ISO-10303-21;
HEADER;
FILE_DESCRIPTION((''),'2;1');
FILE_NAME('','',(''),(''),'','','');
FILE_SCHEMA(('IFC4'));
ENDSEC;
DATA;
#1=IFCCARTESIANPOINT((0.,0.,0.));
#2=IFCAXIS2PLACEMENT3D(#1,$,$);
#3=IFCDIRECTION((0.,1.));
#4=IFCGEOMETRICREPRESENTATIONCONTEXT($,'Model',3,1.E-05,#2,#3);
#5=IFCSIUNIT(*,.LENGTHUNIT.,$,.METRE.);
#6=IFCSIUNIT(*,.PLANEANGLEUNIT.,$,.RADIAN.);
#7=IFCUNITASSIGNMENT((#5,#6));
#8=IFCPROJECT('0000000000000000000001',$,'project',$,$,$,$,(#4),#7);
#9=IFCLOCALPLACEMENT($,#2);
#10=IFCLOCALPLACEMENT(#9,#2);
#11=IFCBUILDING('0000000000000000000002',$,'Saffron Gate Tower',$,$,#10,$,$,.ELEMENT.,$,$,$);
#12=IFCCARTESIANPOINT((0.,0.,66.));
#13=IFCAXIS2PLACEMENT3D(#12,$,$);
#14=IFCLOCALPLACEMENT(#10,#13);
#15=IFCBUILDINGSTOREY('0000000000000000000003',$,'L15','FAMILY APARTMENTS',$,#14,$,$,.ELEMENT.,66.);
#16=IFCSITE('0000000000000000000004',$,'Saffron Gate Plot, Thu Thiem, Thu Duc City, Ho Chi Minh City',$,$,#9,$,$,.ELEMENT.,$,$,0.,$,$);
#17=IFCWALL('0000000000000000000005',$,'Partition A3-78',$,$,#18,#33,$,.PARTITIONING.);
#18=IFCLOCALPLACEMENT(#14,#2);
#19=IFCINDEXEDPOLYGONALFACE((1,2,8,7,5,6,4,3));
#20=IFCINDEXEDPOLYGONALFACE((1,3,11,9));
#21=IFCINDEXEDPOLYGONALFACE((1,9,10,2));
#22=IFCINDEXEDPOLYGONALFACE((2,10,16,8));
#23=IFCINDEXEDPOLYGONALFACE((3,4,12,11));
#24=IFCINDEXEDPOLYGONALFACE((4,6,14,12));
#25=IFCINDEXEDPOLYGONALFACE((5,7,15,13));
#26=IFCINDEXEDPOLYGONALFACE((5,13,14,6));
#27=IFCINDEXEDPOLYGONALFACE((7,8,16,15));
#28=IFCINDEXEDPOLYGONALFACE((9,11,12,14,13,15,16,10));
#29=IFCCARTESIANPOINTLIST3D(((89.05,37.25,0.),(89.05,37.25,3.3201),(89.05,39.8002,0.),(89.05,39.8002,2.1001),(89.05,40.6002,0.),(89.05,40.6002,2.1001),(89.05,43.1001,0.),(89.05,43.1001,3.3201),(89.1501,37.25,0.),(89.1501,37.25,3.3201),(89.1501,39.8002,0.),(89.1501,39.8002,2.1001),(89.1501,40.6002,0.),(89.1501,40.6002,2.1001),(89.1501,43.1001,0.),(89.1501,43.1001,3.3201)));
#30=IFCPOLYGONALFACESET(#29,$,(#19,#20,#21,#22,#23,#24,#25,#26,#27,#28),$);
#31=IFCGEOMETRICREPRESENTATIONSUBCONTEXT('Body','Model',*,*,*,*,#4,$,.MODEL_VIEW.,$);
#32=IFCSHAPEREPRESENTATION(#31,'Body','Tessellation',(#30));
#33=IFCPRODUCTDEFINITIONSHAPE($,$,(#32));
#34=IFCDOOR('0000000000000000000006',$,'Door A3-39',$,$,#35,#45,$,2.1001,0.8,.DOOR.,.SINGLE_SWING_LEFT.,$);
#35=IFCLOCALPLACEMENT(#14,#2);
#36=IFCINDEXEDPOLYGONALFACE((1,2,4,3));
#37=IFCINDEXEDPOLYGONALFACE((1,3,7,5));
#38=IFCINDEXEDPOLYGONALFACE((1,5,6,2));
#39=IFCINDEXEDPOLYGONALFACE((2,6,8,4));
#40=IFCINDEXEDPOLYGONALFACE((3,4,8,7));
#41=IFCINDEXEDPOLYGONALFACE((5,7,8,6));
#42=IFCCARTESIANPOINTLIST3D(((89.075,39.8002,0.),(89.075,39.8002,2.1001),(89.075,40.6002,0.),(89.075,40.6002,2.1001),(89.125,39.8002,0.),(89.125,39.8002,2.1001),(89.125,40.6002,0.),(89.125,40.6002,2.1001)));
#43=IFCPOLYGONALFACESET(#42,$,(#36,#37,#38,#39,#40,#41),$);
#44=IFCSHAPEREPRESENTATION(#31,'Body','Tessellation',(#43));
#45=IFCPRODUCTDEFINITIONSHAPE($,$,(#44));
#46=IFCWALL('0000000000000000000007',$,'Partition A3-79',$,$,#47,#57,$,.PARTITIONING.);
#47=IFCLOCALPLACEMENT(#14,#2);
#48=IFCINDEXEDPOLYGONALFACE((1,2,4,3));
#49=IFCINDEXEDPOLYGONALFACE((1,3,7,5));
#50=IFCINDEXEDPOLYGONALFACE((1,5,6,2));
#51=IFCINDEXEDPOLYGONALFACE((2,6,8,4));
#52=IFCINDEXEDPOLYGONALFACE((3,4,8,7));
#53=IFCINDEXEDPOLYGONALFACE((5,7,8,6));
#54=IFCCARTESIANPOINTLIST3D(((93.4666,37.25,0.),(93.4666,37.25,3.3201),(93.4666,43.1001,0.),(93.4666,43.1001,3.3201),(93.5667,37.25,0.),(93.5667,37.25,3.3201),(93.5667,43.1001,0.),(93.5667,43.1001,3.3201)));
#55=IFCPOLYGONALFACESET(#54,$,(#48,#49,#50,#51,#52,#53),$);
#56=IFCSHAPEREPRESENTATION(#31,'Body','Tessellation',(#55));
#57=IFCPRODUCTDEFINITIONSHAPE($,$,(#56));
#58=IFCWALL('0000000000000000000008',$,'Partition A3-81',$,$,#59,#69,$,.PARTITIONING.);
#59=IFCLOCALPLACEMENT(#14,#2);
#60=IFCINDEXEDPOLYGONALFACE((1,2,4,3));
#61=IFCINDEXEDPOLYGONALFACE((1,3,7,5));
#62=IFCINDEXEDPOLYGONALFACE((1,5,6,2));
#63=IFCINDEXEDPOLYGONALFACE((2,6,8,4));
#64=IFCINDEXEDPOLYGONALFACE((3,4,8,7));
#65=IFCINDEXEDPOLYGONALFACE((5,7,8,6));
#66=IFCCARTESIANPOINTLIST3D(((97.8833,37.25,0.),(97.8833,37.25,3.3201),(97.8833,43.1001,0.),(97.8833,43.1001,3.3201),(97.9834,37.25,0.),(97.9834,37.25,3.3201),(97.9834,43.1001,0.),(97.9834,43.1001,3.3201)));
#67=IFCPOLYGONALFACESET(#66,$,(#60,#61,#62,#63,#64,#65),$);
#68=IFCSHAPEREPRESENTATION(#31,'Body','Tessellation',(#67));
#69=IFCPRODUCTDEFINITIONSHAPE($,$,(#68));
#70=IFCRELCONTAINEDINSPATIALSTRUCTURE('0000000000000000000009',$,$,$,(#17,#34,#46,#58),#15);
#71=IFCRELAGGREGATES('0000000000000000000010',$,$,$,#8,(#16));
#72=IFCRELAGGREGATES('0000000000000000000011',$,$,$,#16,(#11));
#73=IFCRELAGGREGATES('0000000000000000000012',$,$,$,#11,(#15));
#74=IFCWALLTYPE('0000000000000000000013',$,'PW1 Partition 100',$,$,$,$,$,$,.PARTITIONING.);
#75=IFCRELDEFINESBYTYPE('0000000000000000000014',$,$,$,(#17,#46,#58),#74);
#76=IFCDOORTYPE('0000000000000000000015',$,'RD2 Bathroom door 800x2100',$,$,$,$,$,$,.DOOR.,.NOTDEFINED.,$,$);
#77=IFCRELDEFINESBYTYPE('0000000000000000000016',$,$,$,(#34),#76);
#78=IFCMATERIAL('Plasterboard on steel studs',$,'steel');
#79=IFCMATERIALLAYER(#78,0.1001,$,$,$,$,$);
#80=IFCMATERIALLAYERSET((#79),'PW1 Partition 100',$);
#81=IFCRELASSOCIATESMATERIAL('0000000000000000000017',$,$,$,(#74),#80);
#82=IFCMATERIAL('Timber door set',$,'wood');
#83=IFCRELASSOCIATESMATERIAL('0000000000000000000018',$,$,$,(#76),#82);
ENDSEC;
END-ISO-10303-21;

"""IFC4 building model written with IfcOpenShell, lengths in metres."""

from ifc_helpers import new_model, si_unit, direction, frame, frame_2d, origin, place, context, subcontext, project, spatial, rectangle, extrude, material, layer, layer_set, type_object, element, fill, save


model = new_model("IFC4")

# Units and contexts
model_context = context("Model", 3, precision=1e-05, world=origin(), true_north=direction((0.0, 1.0)))
body_context = subcontext(model_context, "Body", "Model", "MODEL_VIEW")
ifc_project = project(units=[si_unit("LENGTHUNIT", "METRE"), si_unit("PLANEANGLEUNIT", "RADIAN")], contexts=[model_context])

# Site, building, storey
site_placement = place(None, origin())
site = spatial("IfcSite", under=ifc_project, at=site_placement, Name="Saffron Gate Plot, Thu Thiem, Thu Duc City, Ho Chi Minh City", CompositionType="ELEMENT", RefElevation=0.0)
building_placement = place(site_placement, origin())
building = spatial("IfcBuilding", under=site, at=building_placement, Name="Saffron Gate Tower", CompositionType="ELEMENT")
storey_placement = place(building_placement, frame((0.0, 0.0, 66.0)))
storey = spatial("IfcBuildingStorey", under=building, at=storey_placement, Name="L15", Description="FAMILY APARTMENTS", CompositionType="ELEMENT", Elevation=66.0)

# Shared definitions
ifc_material_1 = material(Name="Plasterboard on steel studs", Category="steel")
ifc_layer = layer(ifc_material_1, 0.1001)
ifc_layer_set = layer_set([ifc_layer], Name="PW1 Partition 100")
wall_type = type_object("IfcWallType", Name="PW1 Partition 100", PredefinedType="PARTITIONING", material=ifc_layer_set)
ifc_material_2 = material(Name="Timber door set", Category="wood")
door_type_1 = type_object("IfcDoorType", Name="RD2 Bathroom door 800x2100", OperationType="NOTDEFINED", PredefinedType="DOOR", material=ifc_material_2)

# Wall, opening, door
wall_1_placement = place(storey_placement, frame((89.1001, 43.1001, 0.0), z_axis=(0.0, 0.0, 1.0), x_axis=(0.0, -1.0, 0.0)))
wall_1 = element("IfcWall", 1, at=wall_1_placement, inside=storey, type_object=wall_type, Name="Partition A3-78", PredefinedType="PARTITIONING", context=body_context, shape_type="SweptSolid", body=[
    extrude(rectangle(XDim=5.8501, YDim=0.1001, at=frame_2d((2.925, 0.0))), origin(), (0.0, 0.0, 1.0), 3.3201),
])
opening_1_placement = place(wall_1_placement, frame((2.5, 0.0, 0.0)))
opening_1 = element("IfcOpeningElement", 2, at=opening_1_placement, cuts=wall_1, PredefinedType="OPENING", context=body_context, shape_type="SweptSolid", body=[
    extrude(rectangle(XDim=0.8, YDim=2.1001, at=frame_2d((0.3999, 1.05))), frame((0.0, 0.0601, 0.0), z_axis=(0.0, -1.0, 0.0), x_axis=(1.0, 0.0, 0.0)), (0.0, 0.0, 1.0), 0.1201),
])
door_1_placement = place(opening_1_placement, origin())
door_1 = element("IfcDoor", 3, at=door_1_placement, inside=storey, type_object=door_type_1, Name="Door A3-39", OperationType="SINGLE_SWING_LEFT", OverallHeight=2.1001, OverallWidth=0.8, PredefinedType="DOOR", context=body_context, shape_type="SweptSolid", body=[
    extrude(rectangle(XDim=0.8, YDim=2.1001, at=frame_2d((0.3999, 1.05))), frame((0.0, 0.0249, 0.0), z_axis=(0.0, -1.0, 0.0), x_axis=(1.0, 0.0, 0.0)), (0.0, 0.0, 1.0), 0.05),
])
fill(opening_1, door_1)

# Walls
for number, where, z_axis, x_axis, name in (
    (4, (93.5166, 43.1001, 0.0), (0.0, 0.0, 1.0), (0.0, -1.0, 0.0), "Partition A3-79"),
    (5, (97.9333, 43.1001, 0.0), (0.0, 0.0, 1.0), (0.0, -1.0, 0.0), "Partition A3-81"),
):
    element("IfcWall", number, at=place(storey_placement, frame(where, z_axis=z_axis, x_axis=x_axis)), inside=storey, type_object=wall_type, Name=name, PredefinedType="PARTITIONING", context=body_context, shape_type="SweptSolid", body=[
        extrude(rectangle(XDim=5.8501, YDim=0.1001, at=frame_2d((2.925, 0.0))), origin(), (0.0, 0.0, 1.0), 3.3201),
    ])

save(model, "model.ifc")
